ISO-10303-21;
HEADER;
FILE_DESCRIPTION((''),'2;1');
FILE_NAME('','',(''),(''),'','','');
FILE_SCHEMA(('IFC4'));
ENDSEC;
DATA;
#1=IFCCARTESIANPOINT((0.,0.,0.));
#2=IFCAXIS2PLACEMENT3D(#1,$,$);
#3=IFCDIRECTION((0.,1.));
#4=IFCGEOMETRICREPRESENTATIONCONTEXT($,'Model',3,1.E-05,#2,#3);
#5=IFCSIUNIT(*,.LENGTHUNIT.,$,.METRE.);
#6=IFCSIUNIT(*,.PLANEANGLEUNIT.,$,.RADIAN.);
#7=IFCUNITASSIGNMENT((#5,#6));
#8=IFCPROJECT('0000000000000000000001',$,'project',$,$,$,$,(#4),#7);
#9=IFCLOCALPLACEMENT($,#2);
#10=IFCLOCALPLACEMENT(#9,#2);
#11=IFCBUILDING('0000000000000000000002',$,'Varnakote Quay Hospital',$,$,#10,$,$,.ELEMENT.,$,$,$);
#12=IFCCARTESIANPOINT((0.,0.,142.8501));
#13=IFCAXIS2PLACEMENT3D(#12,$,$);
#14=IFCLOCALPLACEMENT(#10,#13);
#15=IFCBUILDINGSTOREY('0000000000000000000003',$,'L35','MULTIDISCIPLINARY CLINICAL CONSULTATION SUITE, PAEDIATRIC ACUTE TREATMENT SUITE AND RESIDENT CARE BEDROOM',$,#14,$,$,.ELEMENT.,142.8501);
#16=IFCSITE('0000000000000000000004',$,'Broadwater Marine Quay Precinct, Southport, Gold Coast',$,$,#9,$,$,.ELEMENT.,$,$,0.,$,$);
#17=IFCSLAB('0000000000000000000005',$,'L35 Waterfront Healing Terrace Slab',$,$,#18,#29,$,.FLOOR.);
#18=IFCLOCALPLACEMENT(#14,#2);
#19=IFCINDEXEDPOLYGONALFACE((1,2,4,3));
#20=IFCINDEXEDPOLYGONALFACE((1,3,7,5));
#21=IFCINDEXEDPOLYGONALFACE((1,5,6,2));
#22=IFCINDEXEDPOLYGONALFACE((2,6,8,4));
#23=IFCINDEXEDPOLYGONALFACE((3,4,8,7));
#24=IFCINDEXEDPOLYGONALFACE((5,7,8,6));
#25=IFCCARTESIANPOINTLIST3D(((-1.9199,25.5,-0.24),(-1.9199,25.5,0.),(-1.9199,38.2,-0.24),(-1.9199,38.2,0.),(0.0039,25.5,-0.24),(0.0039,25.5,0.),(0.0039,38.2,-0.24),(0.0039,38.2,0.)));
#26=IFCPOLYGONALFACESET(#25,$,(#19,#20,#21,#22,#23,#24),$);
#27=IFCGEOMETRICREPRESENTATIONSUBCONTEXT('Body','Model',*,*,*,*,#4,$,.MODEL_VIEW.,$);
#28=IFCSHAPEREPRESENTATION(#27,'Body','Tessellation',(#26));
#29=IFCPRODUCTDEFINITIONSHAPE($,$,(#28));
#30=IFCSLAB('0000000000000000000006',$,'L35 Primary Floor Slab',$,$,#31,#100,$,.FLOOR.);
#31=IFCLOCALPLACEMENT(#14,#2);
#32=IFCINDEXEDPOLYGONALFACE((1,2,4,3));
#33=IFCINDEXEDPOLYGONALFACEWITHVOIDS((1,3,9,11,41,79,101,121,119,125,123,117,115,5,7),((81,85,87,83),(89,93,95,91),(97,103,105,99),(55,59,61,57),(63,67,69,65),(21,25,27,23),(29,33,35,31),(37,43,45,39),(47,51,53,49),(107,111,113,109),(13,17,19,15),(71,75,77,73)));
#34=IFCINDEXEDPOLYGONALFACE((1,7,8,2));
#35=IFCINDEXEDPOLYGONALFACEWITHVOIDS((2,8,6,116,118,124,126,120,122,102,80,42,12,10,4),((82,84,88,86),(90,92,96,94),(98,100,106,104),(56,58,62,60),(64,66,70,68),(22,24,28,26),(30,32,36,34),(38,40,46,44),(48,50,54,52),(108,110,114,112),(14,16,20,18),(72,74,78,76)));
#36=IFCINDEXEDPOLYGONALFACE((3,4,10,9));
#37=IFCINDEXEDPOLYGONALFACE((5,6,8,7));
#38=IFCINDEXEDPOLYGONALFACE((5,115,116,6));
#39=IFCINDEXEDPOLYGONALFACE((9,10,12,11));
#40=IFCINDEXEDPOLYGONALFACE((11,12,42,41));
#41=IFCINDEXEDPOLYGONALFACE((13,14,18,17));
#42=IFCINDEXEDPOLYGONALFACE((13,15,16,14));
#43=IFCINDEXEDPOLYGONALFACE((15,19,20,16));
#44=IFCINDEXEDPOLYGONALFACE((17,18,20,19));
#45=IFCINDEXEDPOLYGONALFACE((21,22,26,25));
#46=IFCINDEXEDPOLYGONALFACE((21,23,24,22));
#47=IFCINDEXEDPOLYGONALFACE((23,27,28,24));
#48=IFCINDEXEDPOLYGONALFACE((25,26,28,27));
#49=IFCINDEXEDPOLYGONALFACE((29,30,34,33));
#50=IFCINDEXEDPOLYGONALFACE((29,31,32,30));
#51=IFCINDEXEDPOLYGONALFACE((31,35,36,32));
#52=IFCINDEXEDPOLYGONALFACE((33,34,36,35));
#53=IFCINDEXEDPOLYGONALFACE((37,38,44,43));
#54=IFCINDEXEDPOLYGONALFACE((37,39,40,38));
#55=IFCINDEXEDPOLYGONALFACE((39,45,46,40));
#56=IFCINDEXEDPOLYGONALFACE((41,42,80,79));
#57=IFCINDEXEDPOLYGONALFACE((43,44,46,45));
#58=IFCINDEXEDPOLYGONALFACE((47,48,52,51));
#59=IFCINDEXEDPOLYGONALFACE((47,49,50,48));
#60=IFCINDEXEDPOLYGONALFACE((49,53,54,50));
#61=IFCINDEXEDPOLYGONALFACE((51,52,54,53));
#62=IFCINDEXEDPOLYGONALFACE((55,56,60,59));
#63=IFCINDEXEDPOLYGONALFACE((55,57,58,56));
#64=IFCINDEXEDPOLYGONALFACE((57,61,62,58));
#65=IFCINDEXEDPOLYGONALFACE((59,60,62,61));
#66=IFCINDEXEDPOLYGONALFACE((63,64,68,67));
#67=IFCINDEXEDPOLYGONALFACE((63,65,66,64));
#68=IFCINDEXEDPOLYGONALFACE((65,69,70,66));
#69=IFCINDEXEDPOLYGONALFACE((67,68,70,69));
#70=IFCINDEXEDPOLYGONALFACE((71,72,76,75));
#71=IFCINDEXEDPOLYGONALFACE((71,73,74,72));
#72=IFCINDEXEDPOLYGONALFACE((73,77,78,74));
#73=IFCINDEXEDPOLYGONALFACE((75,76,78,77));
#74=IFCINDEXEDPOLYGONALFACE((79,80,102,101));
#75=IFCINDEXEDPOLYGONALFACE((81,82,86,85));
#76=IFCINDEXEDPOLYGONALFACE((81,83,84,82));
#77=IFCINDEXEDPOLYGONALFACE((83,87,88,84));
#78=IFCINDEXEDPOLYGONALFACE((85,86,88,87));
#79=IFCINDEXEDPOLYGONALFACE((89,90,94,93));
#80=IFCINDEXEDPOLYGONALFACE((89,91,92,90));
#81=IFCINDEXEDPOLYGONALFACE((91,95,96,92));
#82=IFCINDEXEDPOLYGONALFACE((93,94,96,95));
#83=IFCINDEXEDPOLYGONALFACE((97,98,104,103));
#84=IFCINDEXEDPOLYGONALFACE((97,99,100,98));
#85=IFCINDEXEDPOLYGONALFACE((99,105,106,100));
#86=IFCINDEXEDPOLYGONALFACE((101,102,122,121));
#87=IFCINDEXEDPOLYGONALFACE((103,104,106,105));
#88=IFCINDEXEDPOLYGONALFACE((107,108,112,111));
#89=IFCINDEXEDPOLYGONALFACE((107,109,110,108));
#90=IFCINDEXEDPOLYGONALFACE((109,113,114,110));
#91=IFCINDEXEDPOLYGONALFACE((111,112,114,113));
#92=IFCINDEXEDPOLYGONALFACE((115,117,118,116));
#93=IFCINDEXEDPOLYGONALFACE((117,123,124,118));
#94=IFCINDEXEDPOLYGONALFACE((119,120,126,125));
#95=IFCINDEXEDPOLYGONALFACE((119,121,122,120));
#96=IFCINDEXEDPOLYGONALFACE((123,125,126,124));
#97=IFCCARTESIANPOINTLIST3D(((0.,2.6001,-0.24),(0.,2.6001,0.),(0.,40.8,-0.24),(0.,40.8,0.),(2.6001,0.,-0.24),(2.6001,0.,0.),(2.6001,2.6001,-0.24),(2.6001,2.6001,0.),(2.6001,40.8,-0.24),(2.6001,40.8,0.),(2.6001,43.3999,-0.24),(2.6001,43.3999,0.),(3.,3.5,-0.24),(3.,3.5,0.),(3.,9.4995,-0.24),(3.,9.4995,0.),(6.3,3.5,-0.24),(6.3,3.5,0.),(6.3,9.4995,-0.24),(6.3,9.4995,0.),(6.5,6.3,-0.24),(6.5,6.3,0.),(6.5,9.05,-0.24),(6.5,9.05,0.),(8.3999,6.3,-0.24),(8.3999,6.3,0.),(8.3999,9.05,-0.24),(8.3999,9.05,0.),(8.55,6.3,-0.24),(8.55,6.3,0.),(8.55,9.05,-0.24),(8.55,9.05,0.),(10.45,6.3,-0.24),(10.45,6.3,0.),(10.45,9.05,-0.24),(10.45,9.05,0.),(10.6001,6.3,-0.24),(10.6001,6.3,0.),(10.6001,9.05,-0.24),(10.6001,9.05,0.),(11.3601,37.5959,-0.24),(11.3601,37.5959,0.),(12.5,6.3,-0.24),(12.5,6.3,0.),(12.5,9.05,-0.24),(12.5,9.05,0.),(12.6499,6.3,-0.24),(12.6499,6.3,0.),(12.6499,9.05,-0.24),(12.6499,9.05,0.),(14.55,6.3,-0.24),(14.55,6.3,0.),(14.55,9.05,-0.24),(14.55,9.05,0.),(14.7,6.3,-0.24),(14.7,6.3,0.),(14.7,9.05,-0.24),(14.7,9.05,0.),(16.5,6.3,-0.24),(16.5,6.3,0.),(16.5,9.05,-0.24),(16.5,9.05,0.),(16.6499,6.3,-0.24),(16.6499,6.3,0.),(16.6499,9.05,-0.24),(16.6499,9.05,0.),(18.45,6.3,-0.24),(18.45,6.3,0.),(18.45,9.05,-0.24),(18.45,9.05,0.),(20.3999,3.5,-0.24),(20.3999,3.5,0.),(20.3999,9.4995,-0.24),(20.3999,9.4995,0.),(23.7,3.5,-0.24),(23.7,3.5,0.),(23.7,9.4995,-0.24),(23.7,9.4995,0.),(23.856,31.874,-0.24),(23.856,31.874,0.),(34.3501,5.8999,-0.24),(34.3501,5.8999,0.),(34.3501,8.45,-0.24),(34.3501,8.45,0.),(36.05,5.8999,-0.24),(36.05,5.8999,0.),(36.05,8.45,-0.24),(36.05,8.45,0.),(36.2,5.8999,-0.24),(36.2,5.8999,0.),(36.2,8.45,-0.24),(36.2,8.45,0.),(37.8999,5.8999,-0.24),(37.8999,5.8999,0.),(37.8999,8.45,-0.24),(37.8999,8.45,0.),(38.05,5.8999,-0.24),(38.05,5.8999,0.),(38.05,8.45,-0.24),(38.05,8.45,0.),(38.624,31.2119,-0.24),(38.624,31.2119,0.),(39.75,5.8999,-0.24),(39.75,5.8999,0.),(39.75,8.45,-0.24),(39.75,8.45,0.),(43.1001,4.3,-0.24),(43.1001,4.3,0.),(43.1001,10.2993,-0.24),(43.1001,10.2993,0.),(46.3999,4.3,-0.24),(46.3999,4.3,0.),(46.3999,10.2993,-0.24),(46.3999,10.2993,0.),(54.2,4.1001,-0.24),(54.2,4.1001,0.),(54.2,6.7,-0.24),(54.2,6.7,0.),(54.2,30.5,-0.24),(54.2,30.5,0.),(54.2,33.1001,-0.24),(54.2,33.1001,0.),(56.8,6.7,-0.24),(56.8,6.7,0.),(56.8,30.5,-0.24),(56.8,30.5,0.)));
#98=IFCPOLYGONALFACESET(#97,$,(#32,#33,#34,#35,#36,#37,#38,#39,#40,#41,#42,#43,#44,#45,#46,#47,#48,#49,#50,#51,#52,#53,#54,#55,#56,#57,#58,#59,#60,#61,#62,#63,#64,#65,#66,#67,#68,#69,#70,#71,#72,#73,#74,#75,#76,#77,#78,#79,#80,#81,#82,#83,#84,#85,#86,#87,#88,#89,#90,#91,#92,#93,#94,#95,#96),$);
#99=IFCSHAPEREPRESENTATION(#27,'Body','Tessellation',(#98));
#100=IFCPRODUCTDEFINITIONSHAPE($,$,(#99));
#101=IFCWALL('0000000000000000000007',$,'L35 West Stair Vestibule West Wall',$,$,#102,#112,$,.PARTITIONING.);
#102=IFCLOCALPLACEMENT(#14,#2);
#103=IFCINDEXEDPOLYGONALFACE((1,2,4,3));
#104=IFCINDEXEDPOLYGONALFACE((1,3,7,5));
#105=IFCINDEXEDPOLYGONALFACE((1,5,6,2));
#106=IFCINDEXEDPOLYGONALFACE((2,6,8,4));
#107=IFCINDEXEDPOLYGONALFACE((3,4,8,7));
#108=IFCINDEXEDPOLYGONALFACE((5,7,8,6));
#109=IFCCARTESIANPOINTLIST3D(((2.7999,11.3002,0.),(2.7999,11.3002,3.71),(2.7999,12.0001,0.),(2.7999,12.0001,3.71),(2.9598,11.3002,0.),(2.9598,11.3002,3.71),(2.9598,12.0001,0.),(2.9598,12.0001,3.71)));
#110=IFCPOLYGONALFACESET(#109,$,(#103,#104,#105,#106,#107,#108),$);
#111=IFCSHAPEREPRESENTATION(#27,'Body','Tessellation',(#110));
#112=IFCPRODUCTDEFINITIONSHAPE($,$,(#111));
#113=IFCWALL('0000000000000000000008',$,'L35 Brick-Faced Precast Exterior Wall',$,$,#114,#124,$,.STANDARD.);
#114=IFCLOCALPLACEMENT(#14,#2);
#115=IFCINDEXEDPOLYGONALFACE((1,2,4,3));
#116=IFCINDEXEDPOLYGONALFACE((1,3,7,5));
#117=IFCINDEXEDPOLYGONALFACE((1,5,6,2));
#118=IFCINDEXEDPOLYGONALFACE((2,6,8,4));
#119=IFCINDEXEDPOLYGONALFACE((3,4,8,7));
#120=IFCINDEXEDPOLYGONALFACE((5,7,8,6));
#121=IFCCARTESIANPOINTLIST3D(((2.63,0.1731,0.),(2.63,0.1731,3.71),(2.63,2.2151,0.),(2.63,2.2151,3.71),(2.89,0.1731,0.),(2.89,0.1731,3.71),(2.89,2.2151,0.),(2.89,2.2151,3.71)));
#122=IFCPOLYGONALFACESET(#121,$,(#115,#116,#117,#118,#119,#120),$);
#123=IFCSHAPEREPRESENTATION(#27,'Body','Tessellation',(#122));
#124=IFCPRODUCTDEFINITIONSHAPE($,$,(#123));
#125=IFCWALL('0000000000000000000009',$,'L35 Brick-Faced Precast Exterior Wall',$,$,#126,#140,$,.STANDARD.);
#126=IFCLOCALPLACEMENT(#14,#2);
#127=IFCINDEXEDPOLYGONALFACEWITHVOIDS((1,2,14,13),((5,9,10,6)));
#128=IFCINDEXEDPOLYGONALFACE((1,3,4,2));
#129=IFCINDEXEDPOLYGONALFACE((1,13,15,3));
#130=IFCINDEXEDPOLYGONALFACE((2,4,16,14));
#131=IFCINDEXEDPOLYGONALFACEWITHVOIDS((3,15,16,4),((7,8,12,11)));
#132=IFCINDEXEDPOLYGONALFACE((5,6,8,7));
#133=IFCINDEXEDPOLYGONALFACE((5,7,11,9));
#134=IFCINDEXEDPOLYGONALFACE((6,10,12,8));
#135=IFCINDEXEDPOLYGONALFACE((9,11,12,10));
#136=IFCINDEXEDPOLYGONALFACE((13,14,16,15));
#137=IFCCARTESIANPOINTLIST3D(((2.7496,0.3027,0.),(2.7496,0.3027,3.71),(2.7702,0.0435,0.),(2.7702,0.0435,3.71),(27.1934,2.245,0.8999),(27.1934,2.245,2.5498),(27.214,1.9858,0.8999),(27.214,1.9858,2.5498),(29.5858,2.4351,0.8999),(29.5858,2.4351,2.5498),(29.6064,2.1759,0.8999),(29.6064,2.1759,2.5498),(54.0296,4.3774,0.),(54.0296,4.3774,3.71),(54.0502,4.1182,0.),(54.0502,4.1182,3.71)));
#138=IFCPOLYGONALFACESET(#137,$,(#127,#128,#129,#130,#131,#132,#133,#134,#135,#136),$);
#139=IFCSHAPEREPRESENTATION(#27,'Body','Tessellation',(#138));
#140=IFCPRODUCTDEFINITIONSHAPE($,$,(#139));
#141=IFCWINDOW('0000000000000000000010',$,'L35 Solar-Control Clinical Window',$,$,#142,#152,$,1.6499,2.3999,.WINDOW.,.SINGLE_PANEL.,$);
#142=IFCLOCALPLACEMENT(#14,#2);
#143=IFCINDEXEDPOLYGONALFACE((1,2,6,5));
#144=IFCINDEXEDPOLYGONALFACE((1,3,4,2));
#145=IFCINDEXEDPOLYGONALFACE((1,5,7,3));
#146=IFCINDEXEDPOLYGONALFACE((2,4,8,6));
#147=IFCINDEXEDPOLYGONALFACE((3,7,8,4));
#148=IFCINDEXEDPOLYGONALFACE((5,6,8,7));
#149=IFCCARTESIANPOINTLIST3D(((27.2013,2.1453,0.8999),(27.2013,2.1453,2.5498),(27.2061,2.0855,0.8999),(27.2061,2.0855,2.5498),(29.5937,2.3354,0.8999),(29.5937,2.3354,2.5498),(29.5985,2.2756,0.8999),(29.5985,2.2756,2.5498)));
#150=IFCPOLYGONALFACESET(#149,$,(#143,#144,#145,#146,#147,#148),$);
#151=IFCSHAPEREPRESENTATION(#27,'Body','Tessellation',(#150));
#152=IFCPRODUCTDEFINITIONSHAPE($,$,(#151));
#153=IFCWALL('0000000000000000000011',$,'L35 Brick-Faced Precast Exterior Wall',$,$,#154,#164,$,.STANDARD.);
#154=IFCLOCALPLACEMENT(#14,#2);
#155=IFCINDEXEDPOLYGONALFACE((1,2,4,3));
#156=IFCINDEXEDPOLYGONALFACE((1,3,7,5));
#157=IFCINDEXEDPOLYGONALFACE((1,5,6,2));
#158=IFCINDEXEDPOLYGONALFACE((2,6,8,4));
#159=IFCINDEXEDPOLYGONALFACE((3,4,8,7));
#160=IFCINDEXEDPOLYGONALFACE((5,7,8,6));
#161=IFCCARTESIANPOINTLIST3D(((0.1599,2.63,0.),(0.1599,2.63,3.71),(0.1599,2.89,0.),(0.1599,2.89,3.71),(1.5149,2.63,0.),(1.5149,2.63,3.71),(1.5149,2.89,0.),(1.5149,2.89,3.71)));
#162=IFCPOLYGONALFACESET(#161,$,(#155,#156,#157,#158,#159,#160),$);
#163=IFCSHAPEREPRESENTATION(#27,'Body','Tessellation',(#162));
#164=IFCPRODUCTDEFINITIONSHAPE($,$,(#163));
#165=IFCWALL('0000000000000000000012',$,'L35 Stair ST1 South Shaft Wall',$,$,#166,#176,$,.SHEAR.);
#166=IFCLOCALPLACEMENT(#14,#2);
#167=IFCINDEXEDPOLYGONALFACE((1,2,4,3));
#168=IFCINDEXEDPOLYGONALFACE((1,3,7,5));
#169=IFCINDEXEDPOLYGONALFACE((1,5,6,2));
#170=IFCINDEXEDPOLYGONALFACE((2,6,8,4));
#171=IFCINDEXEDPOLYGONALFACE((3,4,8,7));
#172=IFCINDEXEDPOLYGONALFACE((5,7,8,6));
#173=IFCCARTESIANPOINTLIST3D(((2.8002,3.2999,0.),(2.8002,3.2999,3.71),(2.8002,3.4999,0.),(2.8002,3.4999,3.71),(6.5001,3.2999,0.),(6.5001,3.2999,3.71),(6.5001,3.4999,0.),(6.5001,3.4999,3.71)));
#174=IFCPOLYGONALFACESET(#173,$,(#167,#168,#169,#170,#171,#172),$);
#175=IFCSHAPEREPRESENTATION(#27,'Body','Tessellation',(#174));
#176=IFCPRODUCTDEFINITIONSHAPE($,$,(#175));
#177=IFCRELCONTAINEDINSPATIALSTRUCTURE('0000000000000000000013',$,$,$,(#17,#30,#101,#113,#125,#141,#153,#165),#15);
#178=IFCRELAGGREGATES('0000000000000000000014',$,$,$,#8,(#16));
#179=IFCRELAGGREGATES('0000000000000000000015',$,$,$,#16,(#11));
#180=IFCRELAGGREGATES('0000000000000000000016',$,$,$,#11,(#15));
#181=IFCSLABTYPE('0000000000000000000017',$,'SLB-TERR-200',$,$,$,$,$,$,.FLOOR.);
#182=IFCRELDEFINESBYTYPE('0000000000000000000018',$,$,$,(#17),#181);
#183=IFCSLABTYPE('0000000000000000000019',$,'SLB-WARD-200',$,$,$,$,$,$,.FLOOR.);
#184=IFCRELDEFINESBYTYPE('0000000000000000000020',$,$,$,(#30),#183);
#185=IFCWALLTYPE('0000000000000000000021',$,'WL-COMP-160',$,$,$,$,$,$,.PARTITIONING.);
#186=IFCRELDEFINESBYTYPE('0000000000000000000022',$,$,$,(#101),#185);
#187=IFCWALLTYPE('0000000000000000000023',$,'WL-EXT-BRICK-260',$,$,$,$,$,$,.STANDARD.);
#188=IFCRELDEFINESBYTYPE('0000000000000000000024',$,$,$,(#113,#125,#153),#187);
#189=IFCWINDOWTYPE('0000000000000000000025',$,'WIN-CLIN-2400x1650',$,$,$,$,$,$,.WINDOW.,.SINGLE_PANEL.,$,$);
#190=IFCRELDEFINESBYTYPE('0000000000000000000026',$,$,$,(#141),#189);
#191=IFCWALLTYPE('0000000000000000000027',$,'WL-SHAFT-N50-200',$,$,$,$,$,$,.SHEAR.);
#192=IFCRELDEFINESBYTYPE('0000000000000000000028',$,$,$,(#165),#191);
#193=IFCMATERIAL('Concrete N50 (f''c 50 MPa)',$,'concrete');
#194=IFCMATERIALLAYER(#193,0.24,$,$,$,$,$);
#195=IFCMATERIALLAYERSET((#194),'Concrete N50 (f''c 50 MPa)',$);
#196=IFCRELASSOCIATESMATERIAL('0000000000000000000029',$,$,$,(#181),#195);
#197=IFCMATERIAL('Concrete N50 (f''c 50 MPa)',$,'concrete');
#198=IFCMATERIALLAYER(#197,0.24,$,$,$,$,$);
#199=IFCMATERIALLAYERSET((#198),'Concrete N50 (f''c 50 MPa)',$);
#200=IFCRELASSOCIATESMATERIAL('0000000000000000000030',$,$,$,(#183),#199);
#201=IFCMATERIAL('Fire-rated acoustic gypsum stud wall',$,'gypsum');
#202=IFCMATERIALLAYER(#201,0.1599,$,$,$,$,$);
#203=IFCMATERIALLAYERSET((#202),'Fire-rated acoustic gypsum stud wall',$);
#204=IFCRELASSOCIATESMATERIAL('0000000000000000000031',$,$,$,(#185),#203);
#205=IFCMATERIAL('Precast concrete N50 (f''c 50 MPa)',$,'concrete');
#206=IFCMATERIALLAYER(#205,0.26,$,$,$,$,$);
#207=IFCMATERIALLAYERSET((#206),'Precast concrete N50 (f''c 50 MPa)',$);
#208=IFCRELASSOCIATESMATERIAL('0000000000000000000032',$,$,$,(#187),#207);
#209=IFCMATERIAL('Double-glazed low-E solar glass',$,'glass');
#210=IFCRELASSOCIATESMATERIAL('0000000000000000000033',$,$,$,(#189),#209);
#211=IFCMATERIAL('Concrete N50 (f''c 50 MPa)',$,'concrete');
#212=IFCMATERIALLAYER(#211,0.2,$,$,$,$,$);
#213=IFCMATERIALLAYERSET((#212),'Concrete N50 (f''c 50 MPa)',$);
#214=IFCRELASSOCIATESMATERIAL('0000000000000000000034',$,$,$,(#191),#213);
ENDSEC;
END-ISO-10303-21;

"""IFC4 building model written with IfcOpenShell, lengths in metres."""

from ifc_helpers import new_model, si_unit, direction, frame, frame_2d, origin, place, context, subcontext, project, spatial, polyline, rectangle, outline, extrude, material, layer, layer_set, type_object, element, fill, save


model = new_model("IFC4")

# Units and contexts
model_context = context("Model", 3, precision=1e-05, world=origin(), true_north=direction((0.0, 1.0)))
body_context = subcontext(model_context, "Body", "Model", "MODEL_VIEW")
ifc_project = project(units=[si_unit("LENGTHUNIT", "METRE"), si_unit("PLANEANGLEUNIT", "RADIAN")], contexts=[model_context])

# Site, building, storey
site_placement = place(None, origin())
site = spatial("IfcSite", under=ifc_project, at=site_placement, Name="Broadwater Marine Quay Precinct, Southport, Gold Coast", CompositionType="ELEMENT", RefElevation=0.0)
building_placement = place(site_placement, origin())
building = spatial("IfcBuilding", under=site, at=building_placement, Name="Varnakote Quay Hospital", CompositionType="ELEMENT")
storey_placement = place(building_placement, frame((0.0, 0.0, 142.8501)))
storey = spatial("IfcBuildingStorey", under=building, at=storey_placement, Name="L35", Description="MULTIDISCIPLINARY CLINICAL CONSULTATION SUITE, PAEDIATRIC ACUTE TREATMENT SUITE AND RESIDENT CARE BEDROOM", CompositionType="ELEMENT", Elevation=142.8501)

# Slabs
ifc_material_1 = material(Name="Concrete N50 (f'c 50 MPa)", Category="concrete")
ifc_layer_1 = layer(ifc_material_1, 0.24)
ifc_layer_set_1 = layer_set([ifc_layer_1], Name="Concrete N50 (f'c 50 MPa)")
slab_type_1 = type_object("IfcSlabType", Name="SLB-TERR-200", PredefinedType="FLOOR", material=ifc_layer_set_1)
slab_1_placement = place(storey_placement, frame((0.0, 0.0, -0.24)))
element("IfcSlab", 1, at=slab_1_placement, inside=storey, type_object=slab_type_1, Name="L35 Waterfront Healing Terrace Slab", PredefinedType="FLOOR", context=body_context, shape_type="SweptSolid", body=[
    extrude(outline(polyline([(0.0039, 25.5), (0.0039, 38.2), (-1.9199, 38.2), (-1.9199, 25.5), (0.0039, 25.5)])), origin(), (0.0, 0.0, 1.0), 0.24),
])
ifc_material_2 = material(Name="Concrete N50 (f'c 50 MPa)", Category="concrete")
ifc_layer_2 = layer(ifc_material_2, 0.24)
ifc_layer_set_2 = layer_set([ifc_layer_2], Name="Concrete N50 (f'c 50 MPa)")
slab_type_2 = type_object("IfcSlabType", Name="SLB-WARD-200", PredefinedType="FLOOR", material=ifc_layer_set_2)
slab_2_placement = place(storey_placement, frame((0.0, 0.0, -0.24)))
element("IfcSlab", 2, at=slab_2_placement, inside=storey, type_object=slab_type_2, Name="L35 Primary Floor Slab", PredefinedType="FLOOR", context=body_context, shape_type="SweptSolid", body=[
    extrude(outline(polyline([(0.0, 2.6001), (2.6001, 2.6001), (2.6001, 0.0), (54.2, 4.1001), (54.2, 6.7), (56.8, 6.7), (56.8, 30.5), (54.2, 30.5), (54.2, 33.1001), (38.624, 31.2119), (23.856, 31.874), (11.3601, 37.5959), (2.6001, 43.3999), (2.6001, 40.8), (0.0, 40.8), (0.0, 2.6001)]), holes=[polyline([(3.0, 3.5), (6.3, 3.5), (6.3, 9.4995), (3.0, 9.4995), (3.0, 3.5)]), polyline([(20.3999, 3.5), (23.7, 3.5), (23.7, 9.4995), (20.3999, 9.4995), (20.3999, 3.5)]), polyline([(43.1001, 4.3), (46.3999, 4.3), (46.3999, 10.2993), (43.1001, 10.2993), (43.1001, 4.3)]), polyline([(6.5, 6.3), (8.3999, 6.3), (8.3999, 9.05), (6.5, 9.05), (6.5, 6.3)]), polyline([(8.55, 6.3), (10.45, 6.3), (10.45, 9.05), (8.55, 9.05), (8.55, 6.3)]), polyline([(10.6001, 6.3), (12.5, 6.3), (12.5, 9.05), (10.6001, 9.05), (10.6001, 6.3)]), polyline([(12.6499, 6.3), (14.55, 6.3), (14.55, 9.05), (12.6499, 9.05), (12.6499, 6.3)]), polyline([(14.7, 6.3), (16.5, 6.3), (16.5, 9.05), (14.7, 9.05), (14.7, 6.3)]), polyline([(16.6499, 6.3), (18.45, 6.3), (18.45, 9.05), (16.6499, 9.05), (16.6499, 6.3)]), polyline([(34.3501, 5.8999), (36.05, 5.8999), (36.05, 8.45), (34.3501, 8.45), (34.3501, 5.8999)]), polyline([(36.2, 5.8999), (37.8999, 5.8999), (37.8999, 8.45), (36.2, 8.45), (36.2, 5.8999)]), polyline([(38.05, 5.8999), (39.75, 5.8999), (39.75, 8.45), (38.05, 8.45), (38.05, 5.8999)])]), origin(), (0.0, 0.0, 1.0), 0.24),
])

# Walls
ifc_material_3 = material(Name="Fire-rated acoustic gypsum stud wall", Category="gypsum")
ifc_layer_3 = layer(ifc_material_3, 0.1599)
ifc_layer_set_3 = layer_set([ifc_layer_3], Name="Fire-rated acoustic gypsum stud wall")
wall_type_1 = type_object("IfcWallType", Name="WL-COMP-160", PredefinedType="PARTITIONING", material=ifc_layer_set_3)
wall_1_placement = place(storey_placement, frame((2.8799, 11.3, 0.0), z_axis=(0.0, 0.0, 1.0), x_axis=(0.0, 1.0, 0.0)))
element("IfcWall", 3, at=wall_1_placement, inside=storey, type_object=wall_type_1, Name="L35 West Stair Vestibule West Wall", PredefinedType="PARTITIONING", context=body_context, shape_type="SweptSolid", body=[
    extrude(rectangle(XDim=0.7, YDim=0.1599, at=frame_2d((0.3501, 0.0))), origin(), (0.0, 0.0, 1.0), 3.71),
])
ifc_material_4 = material(Name="Precast concrete N50 (f'c 50 MPa)", Category="concrete")
ifc_layer_4 = layer(ifc_material_4, 0.26)
ifc_layer_set_4 = layer_set([ifc_layer_4], Name="Precast concrete N50 (f'c 50 MPa)")
wall_type_2 = type_object("IfcWallType", Name="WL-EXT-BRICK-260", PredefinedType="STANDARD", material=ifc_layer_set_4)
wall_2_placement = place(storey_placement, frame((2.76, 2.2151, 0.0), z_axis=(0.0, 0.0, 1.0), x_axis=(0.0, -1.0, 0.0)))
element("IfcWall", 4, at=wall_2_placement, inside=storey, type_object=wall_type_2, Name="L35 Brick-Faced Precast Exterior Wall", PredefinedType="STANDARD", context=body_context, shape_type="SweptSolid", body=[
    extrude(rectangle(XDim=2.042, YDim=0.26, at=frame_2d((1.021, 0.0))), origin(), (0.0, 0.0, 1.0), 3.71),
])

# Wall, opening, window
wall_3_placement = place(storey_placement, frame((2.76, 0.1731, 0.0), z_axis=(0.0, 0.0, 1.0), x_axis=(0.996858, 0.07921, 0.0)))
wall_3 = element("IfcWall", 5, at=wall_3_placement, inside=storey, type_object=wall_type_2, Name="L35 Brick-Faced Precast Exterior Wall", PredefinedType="STANDARD", context=body_context, shape_type="SweptSolid", body=[
    extrude(rectangle(XDim=51.4417, YDim=0.26, at=frame_2d((25.7207, 0.0))), origin(), (0.0, 0.0, 1.0), 3.71),
])
opening_1_placement = place(wall_3_placement, frame((24.5208, 0.0, 0.8999)))
opening_1 = element("IfcOpeningElement", 6, at=opening_1_placement, cuts=wall_3, PredefinedType="OPENING", context=body_context, shape_type="SweptSolid", body=[
    extrude(rectangle(XDim=2.3999, YDim=1.6499, at=frame_2d((1.2, 0.825))), frame((0.0, 0.1399, 0.0), z_axis=(0.0, -1.0, 0.0), x_axis=(1.0, 0.0, 0.0)), (0.0, 0.0, 1.0), 0.28),
])
ifc_material_5 = material(Name="Double-glazed low-E solar glass", Category="glass")
window_type = type_object("IfcWindowType", Name="WIN-CLIN-2400x1650", PartitioningType="SINGLE_PANEL", PredefinedType="WINDOW", material=ifc_material_5)
window_placement = place(opening_1_placement, origin())
window = element("IfcWindow", 7, at=window_placement, inside=storey, type_object=window_type, Name="L35 Solar-Control Clinical Window", OverallHeight=1.6499, OverallWidth=2.3999, PartitioningType="SINGLE_PANEL", PredefinedType="WINDOW", context=body_context, shape_type="SweptSolid", body=[
    extrude(rectangle(XDim=2.3999, YDim=1.6499, at=frame_2d((1.2, 0.825))), frame((0.0, 0.03, 0.0), z_axis=(0.0, -1.0, 0.0), x_axis=(1.0, 0.0, 0.0)), (0.0, 0.0, 1.0), 0.0601),
])
fill(opening_1, window)

# Walls
wall_4_placement = place(storey_placement, frame((0.1599, 2.76, 0.0), z_axis=(0.0, 0.0, 1.0), x_axis=(1.0, 0.0, 0.0)))
element("IfcWall", 8, at=wall_4_placement, inside=storey, type_object=wall_type_2, Name="L35 Brick-Faced Precast Exterior Wall", PredefinedType="STANDARD", context=body_context, shape_type="SweptSolid", body=[
    extrude(rectangle(XDim=1.355, YDim=0.26, at=frame_2d((0.6775, 0.0))), origin(), (0.0, 0.0, 1.0), 3.71),
])
ifc_material_6 = material(Name="Concrete N50 (f'c 50 MPa)", Category="concrete")
ifc_layer_5 = layer(ifc_material_6, 0.2)
ifc_layer_set_5 = layer_set([ifc_layer_5], Name="Concrete N50 (f'c 50 MPa)")
wall_type_3 = type_object("IfcWallType", Name="WL-SHAFT-N50-200", PredefinedType="SHEAR", material=ifc_layer_set_5)
wall_5_placement = place(storey_placement, frame((2.8, 3.3999, 0.0), z_axis=(0.0, 0.0, 1.0), x_axis=(1.0, 0.0, 0.0)))
element("IfcWall", 9, at=wall_5_placement, inside=storey, type_object=wall_type_3, Name="L35 Stair ST1 South Shaft Wall", PredefinedType="SHEAR", context=body_context, shape_type="SweptSolid", body=[
    extrude(rectangle(XDim=3.7, YDim=0.2, at=frame_2d((1.8501, 0.0))), origin(), (0.0, 0.0, 1.0), 3.71),
])

save(model, "model.ifc")
